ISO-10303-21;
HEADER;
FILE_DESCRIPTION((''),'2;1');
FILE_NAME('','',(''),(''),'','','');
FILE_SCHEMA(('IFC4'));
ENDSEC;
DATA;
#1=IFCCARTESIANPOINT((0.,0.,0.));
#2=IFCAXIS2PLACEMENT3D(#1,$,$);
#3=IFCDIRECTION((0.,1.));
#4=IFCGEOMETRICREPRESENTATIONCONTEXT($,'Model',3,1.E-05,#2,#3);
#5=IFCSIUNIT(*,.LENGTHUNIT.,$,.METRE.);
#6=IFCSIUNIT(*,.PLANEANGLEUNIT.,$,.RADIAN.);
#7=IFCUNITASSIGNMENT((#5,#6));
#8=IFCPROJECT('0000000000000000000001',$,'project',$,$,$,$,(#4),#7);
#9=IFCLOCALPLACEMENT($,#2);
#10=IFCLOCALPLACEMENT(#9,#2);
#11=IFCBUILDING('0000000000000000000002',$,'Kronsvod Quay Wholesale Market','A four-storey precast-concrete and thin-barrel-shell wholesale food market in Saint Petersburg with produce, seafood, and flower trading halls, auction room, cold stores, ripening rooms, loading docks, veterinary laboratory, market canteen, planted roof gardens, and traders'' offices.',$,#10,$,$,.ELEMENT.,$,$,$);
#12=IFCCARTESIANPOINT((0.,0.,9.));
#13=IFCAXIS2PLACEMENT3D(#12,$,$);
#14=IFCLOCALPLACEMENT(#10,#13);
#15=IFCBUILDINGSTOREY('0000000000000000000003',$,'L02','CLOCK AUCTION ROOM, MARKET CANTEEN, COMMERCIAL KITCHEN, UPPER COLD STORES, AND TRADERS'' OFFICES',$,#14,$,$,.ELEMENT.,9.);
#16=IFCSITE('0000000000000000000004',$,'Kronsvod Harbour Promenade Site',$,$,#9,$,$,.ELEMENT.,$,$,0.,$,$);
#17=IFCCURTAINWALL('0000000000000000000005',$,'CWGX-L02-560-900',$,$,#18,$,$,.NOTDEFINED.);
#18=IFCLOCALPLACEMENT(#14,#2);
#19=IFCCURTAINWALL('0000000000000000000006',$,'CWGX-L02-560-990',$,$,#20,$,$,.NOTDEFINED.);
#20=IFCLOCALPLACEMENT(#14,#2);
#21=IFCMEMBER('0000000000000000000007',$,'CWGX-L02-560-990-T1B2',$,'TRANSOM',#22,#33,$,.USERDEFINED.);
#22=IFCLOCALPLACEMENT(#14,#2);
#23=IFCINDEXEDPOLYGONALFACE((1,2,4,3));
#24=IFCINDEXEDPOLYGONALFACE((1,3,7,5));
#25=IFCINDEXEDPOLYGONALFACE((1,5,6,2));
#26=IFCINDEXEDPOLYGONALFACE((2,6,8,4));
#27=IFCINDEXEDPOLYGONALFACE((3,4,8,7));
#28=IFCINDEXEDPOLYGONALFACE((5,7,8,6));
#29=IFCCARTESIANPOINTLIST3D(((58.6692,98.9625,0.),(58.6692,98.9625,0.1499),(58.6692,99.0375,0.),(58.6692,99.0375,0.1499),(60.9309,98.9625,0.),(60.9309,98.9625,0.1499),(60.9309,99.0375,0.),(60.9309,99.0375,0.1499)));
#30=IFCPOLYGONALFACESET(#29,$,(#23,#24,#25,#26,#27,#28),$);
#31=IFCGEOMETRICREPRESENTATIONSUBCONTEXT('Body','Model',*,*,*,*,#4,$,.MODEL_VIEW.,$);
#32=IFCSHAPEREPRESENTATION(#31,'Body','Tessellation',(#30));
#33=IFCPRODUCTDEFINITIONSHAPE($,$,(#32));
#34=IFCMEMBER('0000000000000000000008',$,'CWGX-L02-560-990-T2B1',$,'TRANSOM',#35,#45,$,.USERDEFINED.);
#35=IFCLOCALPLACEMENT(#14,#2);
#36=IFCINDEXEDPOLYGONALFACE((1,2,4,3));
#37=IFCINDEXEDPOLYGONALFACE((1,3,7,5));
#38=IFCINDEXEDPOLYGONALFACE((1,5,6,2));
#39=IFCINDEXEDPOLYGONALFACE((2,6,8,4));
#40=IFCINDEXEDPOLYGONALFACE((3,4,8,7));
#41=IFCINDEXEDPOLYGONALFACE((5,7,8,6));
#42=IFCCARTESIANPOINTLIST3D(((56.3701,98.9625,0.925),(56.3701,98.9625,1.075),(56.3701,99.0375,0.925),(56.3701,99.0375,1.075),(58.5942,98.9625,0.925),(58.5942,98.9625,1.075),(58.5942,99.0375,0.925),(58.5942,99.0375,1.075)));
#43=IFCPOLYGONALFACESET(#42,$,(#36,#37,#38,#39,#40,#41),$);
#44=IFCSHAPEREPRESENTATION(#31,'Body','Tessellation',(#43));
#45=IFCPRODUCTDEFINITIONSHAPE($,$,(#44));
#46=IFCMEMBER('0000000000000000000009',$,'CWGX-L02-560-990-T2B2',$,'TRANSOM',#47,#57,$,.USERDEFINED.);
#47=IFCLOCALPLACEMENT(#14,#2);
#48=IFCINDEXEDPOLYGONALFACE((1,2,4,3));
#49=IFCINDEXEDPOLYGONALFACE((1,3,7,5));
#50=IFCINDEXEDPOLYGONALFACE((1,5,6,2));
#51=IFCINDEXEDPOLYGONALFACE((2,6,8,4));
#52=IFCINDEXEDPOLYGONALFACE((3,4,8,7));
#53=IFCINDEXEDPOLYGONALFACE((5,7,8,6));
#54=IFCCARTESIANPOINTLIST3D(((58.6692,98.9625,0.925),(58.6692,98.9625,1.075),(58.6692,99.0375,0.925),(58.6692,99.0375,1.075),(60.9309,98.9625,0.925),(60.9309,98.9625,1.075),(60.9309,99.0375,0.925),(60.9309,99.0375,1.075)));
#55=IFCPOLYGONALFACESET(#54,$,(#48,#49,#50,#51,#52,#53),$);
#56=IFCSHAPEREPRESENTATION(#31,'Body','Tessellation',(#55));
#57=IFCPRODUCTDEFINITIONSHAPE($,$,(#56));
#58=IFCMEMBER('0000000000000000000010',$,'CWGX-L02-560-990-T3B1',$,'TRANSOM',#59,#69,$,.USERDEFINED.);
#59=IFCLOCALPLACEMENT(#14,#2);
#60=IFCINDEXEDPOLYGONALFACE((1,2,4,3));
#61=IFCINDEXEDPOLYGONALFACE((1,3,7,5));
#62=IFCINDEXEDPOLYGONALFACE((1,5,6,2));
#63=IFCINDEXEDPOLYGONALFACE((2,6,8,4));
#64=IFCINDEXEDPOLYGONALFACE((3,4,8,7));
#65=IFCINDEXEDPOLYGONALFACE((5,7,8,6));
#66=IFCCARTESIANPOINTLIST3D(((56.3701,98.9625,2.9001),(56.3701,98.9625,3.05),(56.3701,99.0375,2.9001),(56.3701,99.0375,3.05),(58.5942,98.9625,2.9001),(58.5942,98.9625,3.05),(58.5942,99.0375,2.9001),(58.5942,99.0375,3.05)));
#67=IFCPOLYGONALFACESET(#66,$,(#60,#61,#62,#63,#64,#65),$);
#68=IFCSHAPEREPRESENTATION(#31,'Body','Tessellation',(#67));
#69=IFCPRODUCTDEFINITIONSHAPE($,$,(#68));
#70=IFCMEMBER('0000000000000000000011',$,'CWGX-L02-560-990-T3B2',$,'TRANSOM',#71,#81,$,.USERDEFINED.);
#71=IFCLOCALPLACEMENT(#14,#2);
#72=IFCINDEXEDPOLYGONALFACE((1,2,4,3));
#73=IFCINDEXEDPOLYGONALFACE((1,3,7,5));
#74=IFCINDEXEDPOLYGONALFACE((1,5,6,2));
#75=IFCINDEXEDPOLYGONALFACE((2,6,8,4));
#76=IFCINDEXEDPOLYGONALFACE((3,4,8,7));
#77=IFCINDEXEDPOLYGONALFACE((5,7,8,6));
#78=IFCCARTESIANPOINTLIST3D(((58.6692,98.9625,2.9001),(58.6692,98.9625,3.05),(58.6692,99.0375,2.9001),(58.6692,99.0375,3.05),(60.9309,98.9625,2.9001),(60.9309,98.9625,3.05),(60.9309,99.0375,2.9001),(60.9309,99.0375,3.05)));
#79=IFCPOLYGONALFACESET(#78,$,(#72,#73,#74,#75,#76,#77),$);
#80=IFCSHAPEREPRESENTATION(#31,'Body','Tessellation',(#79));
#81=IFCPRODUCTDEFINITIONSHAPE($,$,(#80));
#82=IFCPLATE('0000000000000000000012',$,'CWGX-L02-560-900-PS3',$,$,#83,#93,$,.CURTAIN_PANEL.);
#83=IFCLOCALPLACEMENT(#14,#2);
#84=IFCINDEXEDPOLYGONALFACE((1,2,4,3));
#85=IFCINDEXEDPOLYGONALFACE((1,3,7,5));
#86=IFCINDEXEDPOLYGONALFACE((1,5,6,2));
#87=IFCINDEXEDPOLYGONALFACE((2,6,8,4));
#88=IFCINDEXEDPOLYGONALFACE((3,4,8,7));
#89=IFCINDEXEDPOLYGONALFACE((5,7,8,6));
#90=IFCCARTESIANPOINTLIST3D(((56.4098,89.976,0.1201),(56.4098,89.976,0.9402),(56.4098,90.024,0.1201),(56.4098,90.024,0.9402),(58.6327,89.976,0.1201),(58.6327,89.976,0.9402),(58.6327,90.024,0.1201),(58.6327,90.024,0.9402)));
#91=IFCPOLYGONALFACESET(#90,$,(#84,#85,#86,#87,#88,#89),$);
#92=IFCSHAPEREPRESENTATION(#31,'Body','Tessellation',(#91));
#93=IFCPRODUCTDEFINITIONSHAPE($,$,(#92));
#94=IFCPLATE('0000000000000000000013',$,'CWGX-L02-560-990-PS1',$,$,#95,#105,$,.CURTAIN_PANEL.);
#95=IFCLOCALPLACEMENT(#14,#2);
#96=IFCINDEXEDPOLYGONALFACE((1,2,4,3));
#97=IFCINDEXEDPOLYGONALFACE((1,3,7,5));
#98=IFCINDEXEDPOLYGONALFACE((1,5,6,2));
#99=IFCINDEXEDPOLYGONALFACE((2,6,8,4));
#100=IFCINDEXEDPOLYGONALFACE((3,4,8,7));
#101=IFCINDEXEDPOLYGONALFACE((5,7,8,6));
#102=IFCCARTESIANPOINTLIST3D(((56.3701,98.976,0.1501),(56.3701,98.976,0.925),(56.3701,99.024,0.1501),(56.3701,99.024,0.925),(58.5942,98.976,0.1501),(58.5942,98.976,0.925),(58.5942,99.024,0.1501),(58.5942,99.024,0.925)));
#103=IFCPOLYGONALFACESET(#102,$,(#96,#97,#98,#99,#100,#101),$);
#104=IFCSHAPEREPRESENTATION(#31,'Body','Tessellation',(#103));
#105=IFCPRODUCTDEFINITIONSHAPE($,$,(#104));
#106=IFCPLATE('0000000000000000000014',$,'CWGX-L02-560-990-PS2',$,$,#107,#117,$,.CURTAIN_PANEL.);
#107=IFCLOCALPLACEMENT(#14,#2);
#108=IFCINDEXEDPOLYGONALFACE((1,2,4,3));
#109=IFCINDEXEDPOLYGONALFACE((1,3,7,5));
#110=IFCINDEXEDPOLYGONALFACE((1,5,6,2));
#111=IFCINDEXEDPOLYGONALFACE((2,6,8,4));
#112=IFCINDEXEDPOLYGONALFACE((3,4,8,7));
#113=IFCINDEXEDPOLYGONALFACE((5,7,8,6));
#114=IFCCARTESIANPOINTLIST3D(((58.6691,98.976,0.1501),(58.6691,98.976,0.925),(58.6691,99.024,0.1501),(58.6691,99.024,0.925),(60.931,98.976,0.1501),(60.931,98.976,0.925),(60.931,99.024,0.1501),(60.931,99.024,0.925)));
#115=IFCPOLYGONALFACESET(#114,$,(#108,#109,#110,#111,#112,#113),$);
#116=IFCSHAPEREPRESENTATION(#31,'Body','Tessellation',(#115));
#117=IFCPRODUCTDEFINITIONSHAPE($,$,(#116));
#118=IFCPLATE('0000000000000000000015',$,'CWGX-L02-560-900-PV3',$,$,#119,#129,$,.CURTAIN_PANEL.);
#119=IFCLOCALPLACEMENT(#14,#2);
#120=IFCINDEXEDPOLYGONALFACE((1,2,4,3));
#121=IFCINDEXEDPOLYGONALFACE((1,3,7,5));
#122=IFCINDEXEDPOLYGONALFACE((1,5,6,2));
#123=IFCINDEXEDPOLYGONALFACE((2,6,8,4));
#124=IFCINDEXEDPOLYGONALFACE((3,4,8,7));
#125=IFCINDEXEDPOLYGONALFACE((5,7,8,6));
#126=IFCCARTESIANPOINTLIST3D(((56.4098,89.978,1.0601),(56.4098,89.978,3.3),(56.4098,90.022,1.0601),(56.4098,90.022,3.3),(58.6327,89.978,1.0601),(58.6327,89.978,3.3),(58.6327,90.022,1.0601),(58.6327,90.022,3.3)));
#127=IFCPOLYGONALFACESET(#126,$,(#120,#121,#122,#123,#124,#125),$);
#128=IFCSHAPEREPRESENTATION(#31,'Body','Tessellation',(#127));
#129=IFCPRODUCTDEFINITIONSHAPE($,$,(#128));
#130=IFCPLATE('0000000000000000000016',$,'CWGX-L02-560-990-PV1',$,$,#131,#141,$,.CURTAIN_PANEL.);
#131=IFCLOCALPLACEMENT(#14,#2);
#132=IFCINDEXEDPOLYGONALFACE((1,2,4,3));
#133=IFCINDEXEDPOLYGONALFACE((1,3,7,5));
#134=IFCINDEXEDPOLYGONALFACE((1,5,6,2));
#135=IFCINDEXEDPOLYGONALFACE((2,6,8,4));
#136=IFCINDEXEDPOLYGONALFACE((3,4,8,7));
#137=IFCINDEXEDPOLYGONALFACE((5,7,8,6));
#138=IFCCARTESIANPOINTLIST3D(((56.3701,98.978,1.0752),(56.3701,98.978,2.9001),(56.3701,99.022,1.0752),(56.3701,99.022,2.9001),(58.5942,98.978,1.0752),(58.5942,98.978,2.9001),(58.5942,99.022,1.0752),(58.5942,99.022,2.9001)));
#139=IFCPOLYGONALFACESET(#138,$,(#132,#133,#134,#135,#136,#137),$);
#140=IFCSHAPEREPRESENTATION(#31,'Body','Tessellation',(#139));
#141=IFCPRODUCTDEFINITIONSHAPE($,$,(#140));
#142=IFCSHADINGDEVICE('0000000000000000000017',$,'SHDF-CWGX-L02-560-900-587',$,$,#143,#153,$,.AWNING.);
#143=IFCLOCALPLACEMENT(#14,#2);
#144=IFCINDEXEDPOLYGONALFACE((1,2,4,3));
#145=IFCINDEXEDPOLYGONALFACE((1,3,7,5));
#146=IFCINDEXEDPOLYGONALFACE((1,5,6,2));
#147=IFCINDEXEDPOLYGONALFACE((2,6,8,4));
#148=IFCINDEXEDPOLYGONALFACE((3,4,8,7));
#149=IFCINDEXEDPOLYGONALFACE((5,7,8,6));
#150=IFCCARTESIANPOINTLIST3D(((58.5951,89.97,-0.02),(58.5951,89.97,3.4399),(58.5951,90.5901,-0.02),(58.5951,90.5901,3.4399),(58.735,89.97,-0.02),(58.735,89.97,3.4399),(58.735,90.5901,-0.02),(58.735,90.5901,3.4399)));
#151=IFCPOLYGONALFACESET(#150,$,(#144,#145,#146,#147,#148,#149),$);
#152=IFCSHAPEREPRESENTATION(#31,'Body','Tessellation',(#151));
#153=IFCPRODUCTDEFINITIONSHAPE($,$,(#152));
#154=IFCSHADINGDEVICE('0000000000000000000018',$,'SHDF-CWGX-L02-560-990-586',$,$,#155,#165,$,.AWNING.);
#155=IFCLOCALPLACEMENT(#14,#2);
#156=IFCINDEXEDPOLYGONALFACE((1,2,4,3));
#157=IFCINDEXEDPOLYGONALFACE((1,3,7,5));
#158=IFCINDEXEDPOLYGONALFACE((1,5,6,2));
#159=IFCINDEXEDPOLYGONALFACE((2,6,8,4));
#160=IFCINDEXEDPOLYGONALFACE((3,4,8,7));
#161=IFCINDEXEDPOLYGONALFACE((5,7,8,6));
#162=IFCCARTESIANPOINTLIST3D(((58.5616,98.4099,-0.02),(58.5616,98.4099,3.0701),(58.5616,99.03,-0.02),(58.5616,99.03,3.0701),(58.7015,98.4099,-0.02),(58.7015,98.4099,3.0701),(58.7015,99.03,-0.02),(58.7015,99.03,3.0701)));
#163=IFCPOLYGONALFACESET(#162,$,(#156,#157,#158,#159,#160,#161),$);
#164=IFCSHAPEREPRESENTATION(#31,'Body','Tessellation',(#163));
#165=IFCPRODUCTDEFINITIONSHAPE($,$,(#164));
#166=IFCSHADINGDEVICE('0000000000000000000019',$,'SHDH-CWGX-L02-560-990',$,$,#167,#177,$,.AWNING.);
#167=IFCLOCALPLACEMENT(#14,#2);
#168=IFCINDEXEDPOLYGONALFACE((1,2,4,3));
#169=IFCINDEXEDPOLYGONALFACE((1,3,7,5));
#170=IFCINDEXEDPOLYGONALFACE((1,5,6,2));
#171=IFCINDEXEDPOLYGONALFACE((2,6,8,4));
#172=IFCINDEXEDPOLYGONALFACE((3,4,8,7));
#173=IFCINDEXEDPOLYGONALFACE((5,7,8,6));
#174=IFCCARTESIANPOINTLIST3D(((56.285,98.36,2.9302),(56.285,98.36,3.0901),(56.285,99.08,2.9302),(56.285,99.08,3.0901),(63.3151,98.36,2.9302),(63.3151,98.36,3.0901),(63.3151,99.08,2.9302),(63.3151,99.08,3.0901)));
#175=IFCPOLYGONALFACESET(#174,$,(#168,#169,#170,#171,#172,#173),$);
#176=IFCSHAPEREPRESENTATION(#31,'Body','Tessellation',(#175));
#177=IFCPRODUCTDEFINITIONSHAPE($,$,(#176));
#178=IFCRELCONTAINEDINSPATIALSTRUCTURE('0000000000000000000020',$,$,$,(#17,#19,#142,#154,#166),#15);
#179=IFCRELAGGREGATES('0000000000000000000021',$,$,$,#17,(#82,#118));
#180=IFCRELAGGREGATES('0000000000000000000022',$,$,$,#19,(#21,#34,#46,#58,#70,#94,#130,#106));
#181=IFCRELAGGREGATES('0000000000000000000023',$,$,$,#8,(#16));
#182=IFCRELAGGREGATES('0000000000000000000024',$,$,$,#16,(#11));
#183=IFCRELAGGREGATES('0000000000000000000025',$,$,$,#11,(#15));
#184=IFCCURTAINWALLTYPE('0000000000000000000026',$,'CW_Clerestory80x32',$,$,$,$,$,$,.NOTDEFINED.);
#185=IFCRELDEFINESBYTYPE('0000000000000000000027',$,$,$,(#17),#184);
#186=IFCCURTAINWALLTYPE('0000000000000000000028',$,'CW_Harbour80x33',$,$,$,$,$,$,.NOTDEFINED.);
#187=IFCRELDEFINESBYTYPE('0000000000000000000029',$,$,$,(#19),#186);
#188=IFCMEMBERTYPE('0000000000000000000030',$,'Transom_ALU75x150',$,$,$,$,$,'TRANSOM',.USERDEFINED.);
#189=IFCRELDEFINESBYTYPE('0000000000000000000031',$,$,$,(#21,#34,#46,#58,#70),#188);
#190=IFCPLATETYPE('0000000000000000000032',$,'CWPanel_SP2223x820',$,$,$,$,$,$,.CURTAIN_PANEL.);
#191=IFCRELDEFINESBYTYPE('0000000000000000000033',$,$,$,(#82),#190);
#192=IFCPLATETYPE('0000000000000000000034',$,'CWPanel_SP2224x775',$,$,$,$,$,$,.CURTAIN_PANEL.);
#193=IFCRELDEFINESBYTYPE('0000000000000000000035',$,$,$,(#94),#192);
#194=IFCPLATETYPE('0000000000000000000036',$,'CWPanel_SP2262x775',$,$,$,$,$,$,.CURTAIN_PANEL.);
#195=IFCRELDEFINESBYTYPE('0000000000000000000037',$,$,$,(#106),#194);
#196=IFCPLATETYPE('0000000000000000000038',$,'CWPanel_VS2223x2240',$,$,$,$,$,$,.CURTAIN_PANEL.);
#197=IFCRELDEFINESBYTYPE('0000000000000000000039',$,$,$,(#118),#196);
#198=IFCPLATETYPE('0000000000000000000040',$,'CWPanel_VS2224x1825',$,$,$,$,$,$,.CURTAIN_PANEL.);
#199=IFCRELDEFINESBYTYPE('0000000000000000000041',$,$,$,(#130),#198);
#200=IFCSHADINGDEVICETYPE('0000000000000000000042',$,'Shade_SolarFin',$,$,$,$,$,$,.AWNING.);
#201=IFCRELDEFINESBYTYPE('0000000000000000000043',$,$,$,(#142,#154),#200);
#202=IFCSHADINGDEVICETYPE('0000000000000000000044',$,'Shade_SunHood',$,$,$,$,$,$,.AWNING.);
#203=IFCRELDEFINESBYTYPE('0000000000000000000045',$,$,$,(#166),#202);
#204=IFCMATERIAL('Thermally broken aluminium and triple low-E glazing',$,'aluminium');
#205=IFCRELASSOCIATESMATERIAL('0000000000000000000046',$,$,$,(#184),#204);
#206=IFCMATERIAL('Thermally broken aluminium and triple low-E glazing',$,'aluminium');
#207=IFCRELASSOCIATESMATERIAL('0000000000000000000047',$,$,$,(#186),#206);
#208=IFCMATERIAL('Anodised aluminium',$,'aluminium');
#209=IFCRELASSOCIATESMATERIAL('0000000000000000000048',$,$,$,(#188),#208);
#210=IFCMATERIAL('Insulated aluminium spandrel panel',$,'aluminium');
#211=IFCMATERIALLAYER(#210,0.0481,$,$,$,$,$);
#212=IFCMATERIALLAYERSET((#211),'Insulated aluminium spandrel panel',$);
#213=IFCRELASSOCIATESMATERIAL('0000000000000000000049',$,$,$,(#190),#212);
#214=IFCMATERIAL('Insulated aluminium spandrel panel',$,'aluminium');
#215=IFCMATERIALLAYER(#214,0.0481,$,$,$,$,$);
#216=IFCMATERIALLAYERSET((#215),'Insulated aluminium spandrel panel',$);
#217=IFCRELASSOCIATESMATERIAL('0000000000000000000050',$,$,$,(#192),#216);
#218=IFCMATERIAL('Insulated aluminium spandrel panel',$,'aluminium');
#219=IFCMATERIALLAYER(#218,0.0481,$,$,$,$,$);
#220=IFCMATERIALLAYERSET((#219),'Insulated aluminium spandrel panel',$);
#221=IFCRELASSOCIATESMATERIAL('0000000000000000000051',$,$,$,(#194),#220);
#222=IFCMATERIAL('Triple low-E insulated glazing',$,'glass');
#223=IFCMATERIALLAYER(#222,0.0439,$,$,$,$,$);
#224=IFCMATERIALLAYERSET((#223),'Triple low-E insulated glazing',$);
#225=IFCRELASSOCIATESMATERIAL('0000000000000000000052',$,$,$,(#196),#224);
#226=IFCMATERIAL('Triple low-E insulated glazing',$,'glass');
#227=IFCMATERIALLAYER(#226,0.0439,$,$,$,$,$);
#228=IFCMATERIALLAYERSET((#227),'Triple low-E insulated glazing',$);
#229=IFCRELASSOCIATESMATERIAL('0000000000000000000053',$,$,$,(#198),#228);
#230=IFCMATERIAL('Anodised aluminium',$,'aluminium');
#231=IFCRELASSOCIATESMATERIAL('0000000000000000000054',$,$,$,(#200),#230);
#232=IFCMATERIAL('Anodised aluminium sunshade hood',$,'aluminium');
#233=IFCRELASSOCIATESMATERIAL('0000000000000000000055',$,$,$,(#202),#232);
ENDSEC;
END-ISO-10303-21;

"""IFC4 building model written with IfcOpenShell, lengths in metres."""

from ifc_helpers import new_model, si_unit, direction, frame, origin, origin_2d, place, context, subcontext, project, spatial, rectangle, extrude, material, layer, layer_set, material_profile, profile_set, type_object, element, aggregate, save


model = new_model("IFC4")

# Units and contexts
model_context = context("Model", 3, precision=1e-05, world=origin(), true_north=direction((0.0, 1.0)))
body_context = subcontext(model_context, "Body", "Model", "MODEL_VIEW")
ifc_project = project(units=[si_unit("LENGTHUNIT", "METRE"), si_unit("PLANEANGLEUNIT", "RADIAN")], contexts=[model_context])

# Site, building, storey
site_placement = place(None, origin())
site = spatial("IfcSite", under=ifc_project, at=site_placement, Name="Kronsvod Harbour Promenade Site", CompositionType="ELEMENT", RefElevation=0.0)
building_placement = place(site_placement, origin())
building = spatial("IfcBuilding", under=site, at=building_placement, Name="Kronsvod Quay Wholesale Market", Description="A four-storey precast-concrete and thin-barrel-shell wholesale food market in Saint Petersburg with produce, seafood, and flower trading halls, auction room, cold stores, ripening rooms, loading docks, veterinary laboratory, market canteen, planted roof gardens, and traders' offices.", CompositionType="ELEMENT")
storey_placement = place(building_placement, frame((0.0, 0.0, 9.0)))
storey = spatial("IfcBuildingStorey", under=building, at=storey_placement, Name="L02", Description="CLOCK AUCTION ROOM, MARKET CANTEEN, COMMERCIAL KITCHEN, UPPER COLD STORES, AND TRADERS' OFFICES", CompositionType="ELEMENT", Elevation=9.0)

# Curtain walls
ifc_material_1 = material(Name="Thermally broken aluminium and triple low-E glazing", Category="aluminium")
curtain_wall_type_1 = type_object("IfcCurtainWallType", Name="CW_Clerestory80x32", PredefinedType="NOTDEFINED", material=ifc_material_1)
curtain_wall_1_placement = place(storey_placement, origin())
curtain_wall_1 = element("IfcCurtainWall", 1, at=curtain_wall_1_placement, inside=storey, type_object=curtain_wall_type_1, Name="CWGX-L02-560-900", PredefinedType="NOTDEFINED")
ifc_material_2 = material(Name="Thermally broken aluminium and triple low-E glazing", Category="aluminium")
curtain_wall_type_2 = type_object("IfcCurtainWallType", Name="CW_Harbour80x33", PredefinedType="NOTDEFINED", material=ifc_material_2)
curtain_wall_2_placement = place(storey_placement, origin())
curtain_wall_2 = element("IfcCurtainWall", 2, at=curtain_wall_2_placement, inside=storey, type_object=curtain_wall_type_2, Name="CWGX-L02-560-990", PredefinedType="NOTDEFINED")

# Members
ifc_material_3 = material(Name="Anodised aluminium", Category="aluminium")
ifc_material_profile_1 = material_profile(ifc_material_3, rectangle(XDim=0.075, YDim=0.1499, at=origin_2d()), Name="ALUT75x150")
ifc_profile_set_1 = profile_set([ifc_material_profile_1], Name="Anodised aluminium")
member_type_1 = type_object("IfcMemberType", Name="Transom_ALU75x150", ElementType="TRANSOM", PredefinedType="USERDEFINED", material=ifc_profile_set_1)
member_1_placement = place(storey_placement, frame((58.6692, 99.0, 0.075), z_axis=(1.0, 0.0, 0.0), x_axis=(0.0, 1.0, 0.0)))
member_1 = element("IfcMember", 3, at=member_1_placement, type_object=member_type_1, Name="CWGX-L02-560-990-T1B2", ObjectType="TRANSOM", PredefinedType="USERDEFINED", context=body_context, shape_type="SweptSolid", body=[
    extrude(rectangle(XDim=0.075, YDim=0.1499, at=origin_2d()), origin(), (0.0, 0.0, 1.0), 2.2617),
])
member_2_placement = place(storey_placement, frame((56.3701, 99.0, 1.0), z_axis=(1.0, 0.0, 0.0), x_axis=(0.0, 1.0, 0.0)))
member_2 = element("IfcMember", 4, at=member_2_placement, type_object=member_type_1, Name="CWGX-L02-560-990-T2B1", ObjectType="TRANSOM", PredefinedType="USERDEFINED", context=body_context, shape_type="SweptSolid", body=[
    extrude(rectangle(XDim=0.075, YDim=0.1499, at=origin_2d()), origin(), (0.0, 0.0, 1.0), 2.2241),
])
member_3_placement = place(storey_placement, frame((58.6692, 99.0, 1.0), z_axis=(1.0, 0.0, 0.0), x_axis=(0.0, 1.0, 0.0)))
member_3 = element("IfcMember", 5, at=member_3_placement, type_object=member_type_1, Name="CWGX-L02-560-990-T2B2", ObjectType="TRANSOM", PredefinedType="USERDEFINED", context=body_context, shape_type="SweptSolid", body=[
    extrude(rectangle(XDim=0.075, YDim=0.1499, at=origin_2d()), origin(), (0.0, 0.0, 1.0), 2.2617),
])
member_4_placement = place(storey_placement, frame((56.3701, 99.0, 2.9751), z_axis=(1.0, 0.0, 0.0), x_axis=(0.0, 1.0, 0.0)))
member_4 = element("IfcMember", 6, at=member_4_placement, type_object=member_type_1, Name="CWGX-L02-560-990-T3B1", ObjectType="TRANSOM", PredefinedType="USERDEFINED", context=body_context, shape_type="SweptSolid", body=[
    extrude(rectangle(XDim=0.075, YDim=0.1499, at=origin_2d()), origin(), (0.0, 0.0, 1.0), 2.2241),
])
member_5_placement = place(storey_placement, frame((58.6692, 99.0, 2.9751), z_axis=(1.0, 0.0, 0.0), x_axis=(0.0, 1.0, 0.0)))
member_5 = element("IfcMember", 7, at=member_5_placement, type_object=member_type_1, Name="CWGX-L02-560-990-T3B2", ObjectType="TRANSOM", PredefinedType="USERDEFINED", context=body_context, shape_type="SweptSolid", body=[
    extrude(rectangle(XDim=0.075, YDim=0.1499, at=origin_2d()), origin(), (0.0, 0.0, 1.0), 2.2617),
])

# Plates
ifc_material_4 = material(Name="Insulated aluminium spandrel panel", Category="aluminium")
ifc_layer_1 = layer(ifc_material_4, 0.0481)
ifc_layer_set_1 = layer_set([ifc_layer_1], Name="Insulated aluminium spandrel panel")
plate_type_1 = type_object("IfcPlateType", Name="CWPanel_SP2223x820", PredefinedType="CURTAIN_PANEL", material=ifc_layer_set_1)
plate_1_placement = place(storey_placement, frame((57.5212, 90.0, 0.1201), z_axis=(0.0, 0.0, 1.0), x_axis=(-1.0, 0.0, 0.0)))
plate_1 = element("IfcPlate", 8, at=plate_1_placement, type_object=plate_type_1, Name="CWGX-L02-560-900-PS3", PredefinedType="CURTAIN_PANEL", context=body_context, shape_type="SweptSolid", body=[
    extrude(rectangle(XDim=2.2229, YDim=0.0481, at=origin_2d()), origin(), (0.0, 0.0, 1.0), 0.8201),
])
ifc_material_5 = material(Name="Insulated aluminium spandrel panel", Category="aluminium")
ifc_layer_2 = layer(ifc_material_5, 0.0481)
ifc_layer_set_2 = layer_set([ifc_layer_2], Name="Insulated aluminium spandrel panel")
plate_type_2 = type_object("IfcPlateType", Name="CWPanel_SP2224x775", PredefinedType="CURTAIN_PANEL", material=ifc_layer_set_2)
plate_2_placement = place(storey_placement, frame((57.4822, 99.0, 0.1501), z_axis=(0.0, 0.0, 1.0), x_axis=(1.0, 0.0, 0.0)))
plate_2 = element("IfcPlate", 9, at=plate_2_placement, type_object=plate_type_2, Name="CWGX-L02-560-990-PS1", PredefinedType="CURTAIN_PANEL", context=body_context, shape_type="SweptSolid", body=[
    extrude(rectangle(XDim=2.2241, YDim=0.0481, at=origin_2d()), origin(), (0.0, 0.0, 1.0), 0.7749),
])
ifc_material_6 = material(Name="Insulated aluminium spandrel panel", Category="aluminium")
ifc_layer_3 = layer(ifc_material_6, 0.0481)
ifc_layer_set_3 = layer_set([ifc_layer_3], Name="Insulated aluminium spandrel panel")
plate_type_3 = type_object("IfcPlateType", Name="CWPanel_SP2262x775", PredefinedType="CURTAIN_PANEL", material=ifc_layer_set_3)
plate_3_placement = place(storey_placement, frame((59.8, 99.0, 0.1501), z_axis=(0.0, 0.0, 1.0), x_axis=(1.0, 0.0, 0.0)))
plate_3 = element("IfcPlate", 10, at=plate_3_placement, type_object=plate_type_3, Name="CWGX-L02-560-990-PS2", PredefinedType="CURTAIN_PANEL", context=body_context, shape_type="SweptSolid", body=[
    extrude(rectangle(XDim=2.262, YDim=0.0481, at=origin_2d()), origin(), (0.0, 0.0, 1.0), 0.7749),
])
ifc_material_7 = material(Name="Triple low-E insulated glazing", Category="glass")
ifc_layer_4 = layer(ifc_material_7, 0.0439)
ifc_layer_set_4 = layer_set([ifc_layer_4], Name="Triple low-E insulated glazing")
plate_type_4 = type_object("IfcPlateType", Name="CWPanel_VS2223x2240", PredefinedType="CURTAIN_PANEL", material=ifc_layer_set_4)
plate_4_placement = place(storey_placement, frame((57.5212, 90.0, 1.0601), z_axis=(0.0, 0.0, 1.0), x_axis=(-1.0, 0.0, 0.0)))
plate_4 = element("IfcPlate", 11, at=plate_4_placement, type_object=plate_type_4, Name="CWGX-L02-560-900-PV3", PredefinedType="CURTAIN_PANEL", context=body_context, shape_type="SweptSolid", body=[
    extrude(rectangle(XDim=2.2229, YDim=0.0439, at=origin_2d()), origin(), (0.0, 0.0, 1.0), 2.24),
])
aggregate(curtain_wall_1, [plate_1, plate_4])
ifc_material_8 = material(Name="Triple low-E insulated glazing", Category="glass")
ifc_layer_5 = layer(ifc_material_8, 0.0439)
ifc_layer_set_5 = layer_set([ifc_layer_5], Name="Triple low-E insulated glazing")
plate_type_5 = type_object("IfcPlateType", Name="CWPanel_VS2224x1825", PredefinedType="CURTAIN_PANEL", material=ifc_layer_set_5)
plate_5_placement = place(storey_placement, frame((57.4822, 99.0, 1.0752), z_axis=(0.0, 0.0, 1.0), x_axis=(1.0, 0.0, 0.0)))
plate_5 = element("IfcPlate", 12, at=plate_5_placement, type_object=plate_type_5, Name="CWGX-L02-560-990-PV1", PredefinedType="CURTAIN_PANEL", context=body_context, shape_type="SweptSolid", body=[
    extrude(rectangle(XDim=2.2241, YDim=0.0439, at=origin_2d()), origin(), (0.0, 0.0, 1.0), 1.825),
])
aggregate(curtain_wall_2, [member_1, member_2, member_3, member_4, member_5, plate_2, plate_5, plate_3])

# Shading devices
ifc_material_9 = material(Name="Anodised aluminium", Category="aluminium")
shading_device_type_1 = type_object("IfcShadingDeviceType", Name="Shade_SolarFin", PredefinedType="AWNING", material=ifc_material_9)
shading_device_1_placement = place(storey_placement, frame((58.665, 90.28, -0.02), z_axis=(0.0, 0.0, 1.0), x_axis=(1.0, 0.0, 0.0)))
element("IfcShadingDevice", 13, at=shading_device_1_placement, inside=storey, type_object=shading_device_type_1, Name="SHDF-CWGX-L02-560-900-587", PredefinedType="AWNING", context=body_context, shape_type="SweptSolid", body=[
    extrude(rectangle(XDim=0.1399, YDim=0.6201, at=origin_2d()), origin(), (0.0, 0.0, 1.0), 3.46),
])
shading_device_2_placement = place(storey_placement, frame((58.6316, 98.72, -0.02), z_axis=(0.0, 0.0, 1.0), x_axis=(1.0, 0.0, 0.0)))
element("IfcShadingDevice", 14, at=shading_device_2_placement, inside=storey, type_object=shading_device_type_1, Name="SHDF-CWGX-L02-560-990-586", PredefinedType="AWNING", context=body_context, shape_type="SweptSolid", body=[
    extrude(rectangle(XDim=0.1399, YDim=0.6201, at=origin_2d()), origin(), (0.0, 0.0, 1.0), 3.0901),
])
ifc_material_10 = material(Name="Anodised aluminium sunshade hood", Category="aluminium")
shading_device_type_2 = type_object("IfcShadingDeviceType", Name="Shade_SunHood", PredefinedType="AWNING", material=ifc_material_10)
shading_device_3_placement = place(storey_placement, frame((59.8, 98.72, 2.9302), z_axis=(0.0, 0.0, 1.0), x_axis=(1.0, 0.0, 0.0)))
element("IfcShadingDevice", 15, at=shading_device_3_placement, inside=storey, type_object=shading_device_type_2, Name="SHDH-CWGX-L02-560-990", PredefinedType="AWNING", context=body_context, shape_type="SweptSolid", body=[
    extrude(rectangle(XDim=7.03, YDim=0.72, at=origin_2d()), origin(), (0.0, 0.0, 1.0), 0.1599),
])

save(model, "model.ifc")
